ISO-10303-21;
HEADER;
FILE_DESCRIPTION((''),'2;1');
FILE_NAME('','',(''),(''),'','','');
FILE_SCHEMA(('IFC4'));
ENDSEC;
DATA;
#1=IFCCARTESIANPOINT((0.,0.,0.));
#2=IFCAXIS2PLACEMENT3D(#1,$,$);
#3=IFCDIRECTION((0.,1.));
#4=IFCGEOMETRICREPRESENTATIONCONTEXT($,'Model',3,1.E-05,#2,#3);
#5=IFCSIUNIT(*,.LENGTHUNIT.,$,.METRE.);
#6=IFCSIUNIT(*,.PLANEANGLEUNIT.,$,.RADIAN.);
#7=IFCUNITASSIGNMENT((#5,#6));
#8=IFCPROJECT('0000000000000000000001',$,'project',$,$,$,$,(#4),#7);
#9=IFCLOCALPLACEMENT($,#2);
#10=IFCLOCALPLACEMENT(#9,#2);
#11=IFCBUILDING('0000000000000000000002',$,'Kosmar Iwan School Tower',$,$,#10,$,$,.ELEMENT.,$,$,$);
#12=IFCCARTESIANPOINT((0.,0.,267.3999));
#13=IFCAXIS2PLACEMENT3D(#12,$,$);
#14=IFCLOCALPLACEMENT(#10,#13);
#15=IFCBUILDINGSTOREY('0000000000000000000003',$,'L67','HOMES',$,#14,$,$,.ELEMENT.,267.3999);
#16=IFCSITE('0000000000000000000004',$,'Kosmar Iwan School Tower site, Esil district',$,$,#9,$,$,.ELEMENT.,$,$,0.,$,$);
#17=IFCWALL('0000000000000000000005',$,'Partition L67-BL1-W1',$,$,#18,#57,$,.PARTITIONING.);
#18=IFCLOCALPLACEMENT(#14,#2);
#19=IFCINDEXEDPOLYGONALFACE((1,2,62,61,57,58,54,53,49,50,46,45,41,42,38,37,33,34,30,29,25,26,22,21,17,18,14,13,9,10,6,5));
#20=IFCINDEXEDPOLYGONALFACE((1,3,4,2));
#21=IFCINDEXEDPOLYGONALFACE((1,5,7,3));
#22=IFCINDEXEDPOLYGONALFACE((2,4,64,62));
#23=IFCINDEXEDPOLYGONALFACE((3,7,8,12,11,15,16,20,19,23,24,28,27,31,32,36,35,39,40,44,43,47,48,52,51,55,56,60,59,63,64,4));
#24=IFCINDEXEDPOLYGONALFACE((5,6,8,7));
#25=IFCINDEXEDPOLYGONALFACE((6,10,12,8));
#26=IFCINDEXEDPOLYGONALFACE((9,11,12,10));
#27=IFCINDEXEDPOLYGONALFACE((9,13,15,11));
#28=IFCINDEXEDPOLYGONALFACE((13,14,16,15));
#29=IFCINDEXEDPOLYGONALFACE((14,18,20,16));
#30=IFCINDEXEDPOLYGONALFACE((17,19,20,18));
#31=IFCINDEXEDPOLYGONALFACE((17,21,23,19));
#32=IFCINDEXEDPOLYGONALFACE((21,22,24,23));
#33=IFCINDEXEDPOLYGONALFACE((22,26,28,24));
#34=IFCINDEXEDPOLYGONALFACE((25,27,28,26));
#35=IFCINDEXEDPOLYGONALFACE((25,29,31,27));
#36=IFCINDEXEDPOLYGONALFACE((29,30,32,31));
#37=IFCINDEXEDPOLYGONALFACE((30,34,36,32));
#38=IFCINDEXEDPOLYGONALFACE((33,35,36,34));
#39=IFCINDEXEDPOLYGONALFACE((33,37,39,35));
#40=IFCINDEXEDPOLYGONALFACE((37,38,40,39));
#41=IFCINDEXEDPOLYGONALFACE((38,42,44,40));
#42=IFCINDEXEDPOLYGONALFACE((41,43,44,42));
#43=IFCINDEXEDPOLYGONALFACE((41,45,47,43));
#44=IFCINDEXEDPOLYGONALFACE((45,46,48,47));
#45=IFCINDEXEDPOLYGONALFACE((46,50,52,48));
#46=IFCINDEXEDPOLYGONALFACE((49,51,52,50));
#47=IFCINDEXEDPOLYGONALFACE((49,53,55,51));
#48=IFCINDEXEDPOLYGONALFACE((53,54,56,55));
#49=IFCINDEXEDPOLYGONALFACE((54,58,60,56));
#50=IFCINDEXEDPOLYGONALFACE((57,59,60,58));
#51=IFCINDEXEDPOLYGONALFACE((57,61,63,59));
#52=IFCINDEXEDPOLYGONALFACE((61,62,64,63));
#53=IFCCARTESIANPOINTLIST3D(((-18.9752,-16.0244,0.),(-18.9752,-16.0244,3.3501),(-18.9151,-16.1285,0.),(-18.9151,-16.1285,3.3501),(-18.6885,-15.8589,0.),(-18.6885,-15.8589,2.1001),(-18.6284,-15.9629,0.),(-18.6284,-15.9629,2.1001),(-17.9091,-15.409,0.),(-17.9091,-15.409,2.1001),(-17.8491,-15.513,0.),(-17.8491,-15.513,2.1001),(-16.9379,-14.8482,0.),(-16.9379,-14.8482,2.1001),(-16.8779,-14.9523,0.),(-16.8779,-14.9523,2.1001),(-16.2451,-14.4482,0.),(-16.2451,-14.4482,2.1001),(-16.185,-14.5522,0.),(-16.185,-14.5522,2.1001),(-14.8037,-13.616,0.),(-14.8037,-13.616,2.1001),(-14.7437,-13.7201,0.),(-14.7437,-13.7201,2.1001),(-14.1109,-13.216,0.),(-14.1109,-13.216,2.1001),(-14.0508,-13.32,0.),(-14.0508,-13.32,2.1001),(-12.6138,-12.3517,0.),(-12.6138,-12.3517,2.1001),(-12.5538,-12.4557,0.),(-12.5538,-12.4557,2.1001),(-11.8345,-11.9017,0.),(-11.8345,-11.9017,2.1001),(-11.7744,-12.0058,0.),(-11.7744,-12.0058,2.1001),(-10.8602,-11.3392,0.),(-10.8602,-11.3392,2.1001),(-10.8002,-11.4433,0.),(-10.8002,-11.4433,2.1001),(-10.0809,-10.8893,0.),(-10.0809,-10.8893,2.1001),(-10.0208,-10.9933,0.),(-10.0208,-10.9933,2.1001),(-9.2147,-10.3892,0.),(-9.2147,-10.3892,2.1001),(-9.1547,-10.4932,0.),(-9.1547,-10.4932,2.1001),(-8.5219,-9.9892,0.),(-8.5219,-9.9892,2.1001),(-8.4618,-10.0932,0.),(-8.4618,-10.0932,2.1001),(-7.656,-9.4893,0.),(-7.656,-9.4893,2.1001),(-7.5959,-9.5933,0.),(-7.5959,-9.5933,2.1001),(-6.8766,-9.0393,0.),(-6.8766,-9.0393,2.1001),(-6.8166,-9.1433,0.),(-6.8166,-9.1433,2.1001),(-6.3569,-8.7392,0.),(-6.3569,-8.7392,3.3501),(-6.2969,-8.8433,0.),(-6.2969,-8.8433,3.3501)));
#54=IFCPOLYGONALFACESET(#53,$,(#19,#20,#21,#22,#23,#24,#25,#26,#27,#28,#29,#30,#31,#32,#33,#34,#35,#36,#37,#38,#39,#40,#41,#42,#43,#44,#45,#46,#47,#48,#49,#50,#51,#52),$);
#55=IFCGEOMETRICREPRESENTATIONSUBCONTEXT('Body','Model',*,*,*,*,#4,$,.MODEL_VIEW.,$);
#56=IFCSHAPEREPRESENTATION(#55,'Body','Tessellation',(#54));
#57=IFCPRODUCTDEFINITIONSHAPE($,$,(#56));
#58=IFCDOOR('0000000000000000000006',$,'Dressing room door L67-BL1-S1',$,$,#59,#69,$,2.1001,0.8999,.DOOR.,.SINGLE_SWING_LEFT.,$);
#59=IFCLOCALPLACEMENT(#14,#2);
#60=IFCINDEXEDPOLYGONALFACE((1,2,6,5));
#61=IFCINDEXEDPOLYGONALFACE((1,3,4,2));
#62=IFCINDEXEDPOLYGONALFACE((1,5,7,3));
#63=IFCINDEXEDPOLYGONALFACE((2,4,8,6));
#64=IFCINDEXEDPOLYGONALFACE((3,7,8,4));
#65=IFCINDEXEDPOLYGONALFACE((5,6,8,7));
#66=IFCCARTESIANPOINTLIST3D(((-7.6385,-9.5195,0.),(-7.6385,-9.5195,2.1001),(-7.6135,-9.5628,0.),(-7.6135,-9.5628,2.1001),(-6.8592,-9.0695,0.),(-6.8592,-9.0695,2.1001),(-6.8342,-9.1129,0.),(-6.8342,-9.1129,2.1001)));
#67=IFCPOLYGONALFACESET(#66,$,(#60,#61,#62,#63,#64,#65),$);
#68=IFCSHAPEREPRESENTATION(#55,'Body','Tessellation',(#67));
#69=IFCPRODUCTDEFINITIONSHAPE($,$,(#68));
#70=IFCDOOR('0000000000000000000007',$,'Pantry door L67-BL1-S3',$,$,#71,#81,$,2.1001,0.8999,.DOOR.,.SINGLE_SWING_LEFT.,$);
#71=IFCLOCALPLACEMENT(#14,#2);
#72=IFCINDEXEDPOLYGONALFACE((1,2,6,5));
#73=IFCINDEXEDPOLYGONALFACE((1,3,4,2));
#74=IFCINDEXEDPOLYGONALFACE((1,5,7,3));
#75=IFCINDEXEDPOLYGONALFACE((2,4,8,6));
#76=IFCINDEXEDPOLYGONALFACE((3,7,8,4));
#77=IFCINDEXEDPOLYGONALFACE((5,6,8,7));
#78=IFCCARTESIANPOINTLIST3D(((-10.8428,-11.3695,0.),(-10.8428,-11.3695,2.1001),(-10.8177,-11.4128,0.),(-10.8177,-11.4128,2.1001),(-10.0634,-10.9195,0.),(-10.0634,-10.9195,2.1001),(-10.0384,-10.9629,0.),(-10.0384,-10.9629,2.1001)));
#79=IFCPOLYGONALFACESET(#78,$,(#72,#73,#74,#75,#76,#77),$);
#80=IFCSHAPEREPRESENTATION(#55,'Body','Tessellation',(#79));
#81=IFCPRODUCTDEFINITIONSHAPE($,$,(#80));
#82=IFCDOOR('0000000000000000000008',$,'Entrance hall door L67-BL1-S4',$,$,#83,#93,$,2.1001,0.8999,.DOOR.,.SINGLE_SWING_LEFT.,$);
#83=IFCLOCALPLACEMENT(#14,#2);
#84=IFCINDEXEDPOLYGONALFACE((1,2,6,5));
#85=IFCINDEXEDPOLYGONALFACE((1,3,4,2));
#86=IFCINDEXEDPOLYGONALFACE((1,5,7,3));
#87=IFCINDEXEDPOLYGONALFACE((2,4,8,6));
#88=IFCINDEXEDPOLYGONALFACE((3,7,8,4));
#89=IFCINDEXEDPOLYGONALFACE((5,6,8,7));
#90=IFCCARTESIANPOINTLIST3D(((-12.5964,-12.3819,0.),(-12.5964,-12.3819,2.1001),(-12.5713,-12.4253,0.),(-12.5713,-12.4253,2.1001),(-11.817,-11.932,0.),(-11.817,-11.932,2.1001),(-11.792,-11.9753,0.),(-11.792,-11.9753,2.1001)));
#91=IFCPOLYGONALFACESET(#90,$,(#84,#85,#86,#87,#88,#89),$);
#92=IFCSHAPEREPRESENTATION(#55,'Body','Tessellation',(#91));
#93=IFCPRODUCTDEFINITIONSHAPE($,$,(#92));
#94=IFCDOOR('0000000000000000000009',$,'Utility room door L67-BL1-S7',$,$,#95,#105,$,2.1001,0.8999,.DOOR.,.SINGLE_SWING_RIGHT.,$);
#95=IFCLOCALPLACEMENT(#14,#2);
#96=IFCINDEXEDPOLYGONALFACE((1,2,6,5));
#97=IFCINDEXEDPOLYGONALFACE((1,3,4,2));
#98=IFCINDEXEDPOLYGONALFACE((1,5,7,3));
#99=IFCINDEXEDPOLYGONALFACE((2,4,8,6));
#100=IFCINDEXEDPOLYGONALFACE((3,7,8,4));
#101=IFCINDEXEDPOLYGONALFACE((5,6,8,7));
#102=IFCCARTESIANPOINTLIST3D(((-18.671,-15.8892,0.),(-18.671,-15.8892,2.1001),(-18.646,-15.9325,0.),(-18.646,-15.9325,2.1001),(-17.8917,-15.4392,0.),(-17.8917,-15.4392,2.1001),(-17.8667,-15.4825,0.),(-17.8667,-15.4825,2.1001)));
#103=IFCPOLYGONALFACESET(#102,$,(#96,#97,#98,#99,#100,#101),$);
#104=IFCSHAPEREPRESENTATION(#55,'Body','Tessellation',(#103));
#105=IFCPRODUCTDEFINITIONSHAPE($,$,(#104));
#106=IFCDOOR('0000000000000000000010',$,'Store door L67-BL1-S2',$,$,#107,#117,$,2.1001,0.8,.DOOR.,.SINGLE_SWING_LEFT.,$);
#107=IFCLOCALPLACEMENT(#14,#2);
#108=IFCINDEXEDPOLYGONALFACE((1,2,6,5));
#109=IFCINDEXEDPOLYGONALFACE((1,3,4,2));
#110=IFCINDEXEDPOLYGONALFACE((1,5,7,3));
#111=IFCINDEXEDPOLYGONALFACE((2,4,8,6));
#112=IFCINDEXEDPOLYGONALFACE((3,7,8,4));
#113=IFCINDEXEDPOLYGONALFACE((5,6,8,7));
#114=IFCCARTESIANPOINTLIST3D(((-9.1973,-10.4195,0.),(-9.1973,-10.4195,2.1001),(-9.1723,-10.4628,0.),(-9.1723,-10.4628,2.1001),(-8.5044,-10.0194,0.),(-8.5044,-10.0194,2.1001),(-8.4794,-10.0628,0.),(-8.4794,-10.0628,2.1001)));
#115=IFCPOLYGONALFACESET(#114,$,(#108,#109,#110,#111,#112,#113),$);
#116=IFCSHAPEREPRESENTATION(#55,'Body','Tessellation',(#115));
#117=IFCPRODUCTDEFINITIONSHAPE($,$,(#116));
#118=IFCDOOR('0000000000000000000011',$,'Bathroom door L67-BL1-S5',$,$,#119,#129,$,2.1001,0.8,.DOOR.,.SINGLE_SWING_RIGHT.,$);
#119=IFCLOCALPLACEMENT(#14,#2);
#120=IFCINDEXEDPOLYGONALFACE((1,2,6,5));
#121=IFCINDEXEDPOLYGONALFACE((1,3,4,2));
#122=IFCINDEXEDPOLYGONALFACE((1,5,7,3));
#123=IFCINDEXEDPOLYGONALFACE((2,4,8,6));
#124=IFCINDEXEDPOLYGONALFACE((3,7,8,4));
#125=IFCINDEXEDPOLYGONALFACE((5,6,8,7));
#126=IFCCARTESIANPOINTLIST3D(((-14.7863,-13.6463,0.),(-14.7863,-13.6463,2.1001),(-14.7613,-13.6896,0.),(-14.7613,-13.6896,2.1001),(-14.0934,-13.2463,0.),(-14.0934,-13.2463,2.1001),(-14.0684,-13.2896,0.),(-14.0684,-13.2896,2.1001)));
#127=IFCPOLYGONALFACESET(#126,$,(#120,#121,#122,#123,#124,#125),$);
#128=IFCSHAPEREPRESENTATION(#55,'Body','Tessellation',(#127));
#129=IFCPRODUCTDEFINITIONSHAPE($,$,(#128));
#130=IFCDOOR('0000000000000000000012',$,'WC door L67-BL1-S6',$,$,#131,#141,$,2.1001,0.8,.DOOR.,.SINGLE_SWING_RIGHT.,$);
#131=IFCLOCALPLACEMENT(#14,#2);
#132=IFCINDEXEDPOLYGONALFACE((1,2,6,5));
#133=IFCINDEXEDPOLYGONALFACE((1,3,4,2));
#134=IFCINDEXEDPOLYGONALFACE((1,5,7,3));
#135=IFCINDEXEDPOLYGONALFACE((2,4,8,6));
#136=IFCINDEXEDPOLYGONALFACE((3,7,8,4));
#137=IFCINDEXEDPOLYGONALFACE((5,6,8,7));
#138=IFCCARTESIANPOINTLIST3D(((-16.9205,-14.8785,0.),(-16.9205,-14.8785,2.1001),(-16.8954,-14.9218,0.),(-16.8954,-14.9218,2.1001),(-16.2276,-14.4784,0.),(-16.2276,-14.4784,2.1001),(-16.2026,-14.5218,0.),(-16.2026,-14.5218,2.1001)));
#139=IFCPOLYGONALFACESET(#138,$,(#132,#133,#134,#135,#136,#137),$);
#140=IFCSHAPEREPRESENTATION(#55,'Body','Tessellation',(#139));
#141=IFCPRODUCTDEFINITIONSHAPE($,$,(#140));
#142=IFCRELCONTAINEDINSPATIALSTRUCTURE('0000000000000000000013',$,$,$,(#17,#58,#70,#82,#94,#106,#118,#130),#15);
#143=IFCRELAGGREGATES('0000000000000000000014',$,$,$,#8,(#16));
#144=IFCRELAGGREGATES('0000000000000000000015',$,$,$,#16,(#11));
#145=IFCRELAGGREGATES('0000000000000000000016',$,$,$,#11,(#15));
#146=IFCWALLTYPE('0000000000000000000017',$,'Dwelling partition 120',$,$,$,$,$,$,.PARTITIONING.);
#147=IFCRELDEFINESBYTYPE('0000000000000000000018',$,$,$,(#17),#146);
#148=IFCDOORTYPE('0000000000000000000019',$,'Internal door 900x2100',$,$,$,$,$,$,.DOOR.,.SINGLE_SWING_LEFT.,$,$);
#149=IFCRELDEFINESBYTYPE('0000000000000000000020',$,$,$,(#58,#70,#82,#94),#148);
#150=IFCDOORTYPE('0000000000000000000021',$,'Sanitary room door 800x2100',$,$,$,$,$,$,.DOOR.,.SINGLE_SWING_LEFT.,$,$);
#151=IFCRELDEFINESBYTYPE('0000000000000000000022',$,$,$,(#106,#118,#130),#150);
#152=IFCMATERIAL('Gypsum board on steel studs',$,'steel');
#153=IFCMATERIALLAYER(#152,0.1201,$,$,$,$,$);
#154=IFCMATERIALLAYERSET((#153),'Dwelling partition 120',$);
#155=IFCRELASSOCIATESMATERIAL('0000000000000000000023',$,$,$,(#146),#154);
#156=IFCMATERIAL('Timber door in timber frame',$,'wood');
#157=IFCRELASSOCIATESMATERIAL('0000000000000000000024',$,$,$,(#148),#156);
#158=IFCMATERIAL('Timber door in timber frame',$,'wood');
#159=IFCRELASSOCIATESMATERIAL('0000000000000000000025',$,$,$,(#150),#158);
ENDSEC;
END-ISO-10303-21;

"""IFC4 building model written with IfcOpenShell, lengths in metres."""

from ifc_helpers import new_model, si_unit, direction, frame, frame_2d, origin, place, context, subcontext, project, spatial, rectangle, extrude, material, layer, layer_set, type_object, element, fill, save


model = new_model("IFC4")

# Units and contexts
model_context = context("Model", 3, precision=1e-05, world=origin(), true_north=direction((0.0, 1.0)))
body_context = subcontext(model_context, "Body", "Model", "MODEL_VIEW")
ifc_project = project(units=[si_unit("LENGTHUNIT", "METRE"), si_unit("PLANEANGLEUNIT", "RADIAN")], contexts=[model_context])

# Site, building, storey
site_placement = place(None, origin())
site = spatial("IfcSite", under=ifc_project, at=site_placement, Name="Kosmar Iwan School Tower site, Esil district", CompositionType="ELEMENT", RefElevation=0.0)
building_placement = place(site_placement, origin())
building = spatial("IfcBuilding", under=site, at=building_placement, Name="Kosmar Iwan School Tower", CompositionType="ELEMENT")
storey_placement = place(building_placement, frame((0.0, 0.0, 267.3999)))
storey = spatial("IfcBuildingStorey", under=building, at=storey_placement, Name="L67", Description="HOMES", CompositionType="ELEMENT", Elevation=267.3999)

# Wall, openings, doors
ifc_material_1 = material(Name="Gypsum board on steel studs", Category="steel")
ifc_layer_1 = layer(ifc_material_1, 0.1201)
ifc_layer_set_1 = layer_set([ifc_layer_1], Name="Dwelling partition 120")
wall_type_1 = type_object("IfcWallType", Name="Dwelling partition 120", PredefinedType="PARTITIONING", material=ifc_layer_set_1)
wall_1_placement = place(storey_placement, frame((-6.3269, -8.7913, 0.0), z_axis=(0.0, 0.0, 1.0), x_axis=(-0.866024, -0.500003, 0.0)))
wall_1 = element("IfcWall", 1, at=wall_1_placement, inside=storey, type_object=wall_type_1, Name="Partition L67-BL1-W1", PredefinedType="PARTITIONING", context=body_context, shape_type="SweptSolid", body=[
    extrude(rectangle(XDim=14.5703, YDim=0.1201, at=frame_2d((7.2852, 0.0))), origin(), (0.0, 0.0, 1.0), 3.3501),
])
opening_1_placement = place(wall_1_placement, frame((0.6001, 0.0, 0.0)))
opening_1 = element("IfcOpeningElement", 2, at=opening_1_placement, cuts=wall_1, PredefinedType="OPENING", context=body_context, shape_type="SweptSolid", body=[
    extrude(rectangle(XDim=0.8999, YDim=2.1001, at=frame_2d((0.45, 1.05))), frame((0.0, 0.072, 0.0), z_axis=(0.0, -1.0, 0.0), x_axis=(1.0, 0.0, 0.0)), (0.0, 0.0, 1.0), 0.144),
])
opening_2_placement = place(wall_1_placement, frame((2.5, 0.0, 0.0)))
opening_2 = element("IfcOpeningElement", 3, at=opening_2_placement, cuts=wall_1, PredefinedType="OPENING", context=body_context, shape_type="SweptSolid", body=[
    extrude(rectangle(XDim=0.8, YDim=2.1001, at=frame_2d((0.3999, 1.05))), frame((0.0, 0.072, 0.0), z_axis=(0.0, -1.0, 0.0), x_axis=(1.0, 0.0, 0.0)), (0.0, 0.0, 1.0), 0.144),
])
opening_3_placement = place(wall_1_placement, frame((4.3, 0.0, 0.0)))
opening_3 = element("IfcOpeningElement", 4, at=opening_3_placement, cuts=wall_1, PredefinedType="OPENING", context=body_context, shape_type="SweptSolid", body=[
    extrude(rectangle(XDim=0.8999, YDim=2.1001, at=frame_2d((0.45, 1.05))), frame((0.0, 0.072, 0.0), z_axis=(0.0, -1.0, 0.0), x_axis=(1.0, 0.0, 0.0)), (0.0, 0.0, 1.0), 0.144),
])
opening_4_placement = place(wall_1_placement, frame((6.325, 0.0, 0.0)))
opening_4 = element("IfcOpeningElement", 5, at=opening_4_placement, cuts=wall_1, PredefinedType="OPENING", context=body_context, shape_type="SweptSolid", body=[
    extrude(rectangle(XDim=0.8999, YDim=2.1001, at=frame_2d((0.45, 1.05))), frame((0.0, 0.072, 0.0), z_axis=(0.0, -1.0, 0.0), x_axis=(1.0, 0.0, 0.0)), (0.0, 0.0, 1.0), 0.144),
])
opening_5_placement = place(wall_1_placement, frame((8.9536, 0.0, 0.0)))
opening_5 = element("IfcOpeningElement", 6, at=opening_5_placement, cuts=wall_1, PredefinedType="OPENING", context=body_context, shape_type="SweptSolid", body=[
    extrude(rectangle(XDim=0.8, YDim=2.1001, at=frame_2d((0.3999, 1.05))), frame((0.0, 0.072, 0.0), z_axis=(0.0, -1.0, 0.0), x_axis=(1.0, 0.0, 0.0)), (0.0, 0.0, 1.0), 0.144),
])
opening_6_placement = place(wall_1_placement, frame((11.418, 0.0, 0.0)))
opening_6 = element("IfcOpeningElement", 7, at=opening_6_placement, cuts=wall_1, PredefinedType="OPENING", context=body_context, shape_type="SweptSolid", body=[
    extrude(rectangle(XDim=0.8, YDim=2.1001, at=frame_2d((0.3999, 1.05))), frame((0.0, 0.072, 0.0), z_axis=(0.0, -1.0, 0.0), x_axis=(1.0, 0.0, 0.0)), (0.0, 0.0, 1.0), 0.144),
])
opening_7_placement = place(wall_1_placement, frame((13.3394, 0.0, 0.0)))
opening_7 = element("IfcOpeningElement", 8, at=opening_7_placement, cuts=wall_1, PredefinedType="OPENING", context=body_context, shape_type="SweptSolid", body=[
    extrude(rectangle(XDim=0.8999, YDim=2.1001, at=frame_2d((0.45, 1.05))), frame((0.0, 0.072, 0.0), z_axis=(0.0, -1.0, 0.0), x_axis=(1.0, 0.0, 0.0)), (0.0, 0.0, 1.0), 0.144),
])
ifc_material_2 = material(Name="Timber door in timber frame", Category="wood")
door_type_1 = type_object("IfcDoorType", Name="Internal door 900x2100", OperationType="SINGLE_SWING_LEFT", PredefinedType="DOOR", material=ifc_material_2)
door_1_placement = place(opening_1_placement, origin())
door_1 = element("IfcDoor", 9, at=door_1_placement, inside=storey, type_object=door_type_1, Name="Dressing room door L67-BL1-S1", OperationType="SINGLE_SWING_LEFT", OverallHeight=2.1001, OverallWidth=0.8999, PredefinedType="DOOR", context=body_context, shape_type="SweptSolid", body=[
    extrude(rectangle(XDim=0.8999, YDim=2.1001, at=frame_2d((0.45, 1.05))), frame((0.0, 0.0249, 0.0), z_axis=(0.0, -1.0, 0.0), x_axis=(1.0, 0.0, 0.0)), (0.0, 0.0, 1.0), 0.05),
])
fill(opening_1, door_1)
door_2_placement = place(opening_3_placement, origin())
door_2 = element("IfcDoor", 10, at=door_2_placement, inside=storey, type_object=door_type_1, Name="Pantry door L67-BL1-S3", OperationType="SINGLE_SWING_LEFT", OverallHeight=2.1001, OverallWidth=0.8999, PredefinedType="DOOR", context=body_context, shape_type="SweptSolid", body=[
    extrude(rectangle(XDim=0.8999, YDim=2.1001, at=frame_2d((0.45, 1.05))), frame((0.0, 0.0249, 0.0), z_axis=(0.0, -1.0, 0.0), x_axis=(1.0, 0.0, 0.0)), (0.0, 0.0, 1.0), 0.05),
])
fill(opening_3, door_2)
door_3_placement = place(opening_4_placement, origin())
door_3 = element("IfcDoor", 11, at=door_3_placement, inside=storey, type_object=door_type_1, Name="Entrance hall door L67-BL1-S4", OperationType="SINGLE_SWING_LEFT", OverallHeight=2.1001, OverallWidth=0.8999, PredefinedType="DOOR", context=body_context, shape_type="SweptSolid", body=[
    extrude(rectangle(XDim=0.8999, YDim=2.1001, at=frame_2d((0.45, 1.05))), frame((0.0, 0.0249, 0.0), z_axis=(0.0, -1.0, 0.0), x_axis=(1.0, 0.0, 0.0)), (0.0, 0.0, 1.0), 0.05),
])
fill(opening_4, door_3)
door_4_placement = place(opening_7_placement, origin())
door_4 = element("IfcDoor", 12, at=door_4_placement, inside=storey, type_object=door_type_1, Name="Utility room door L67-BL1-S7", OperationType="SINGLE_SWING_RIGHT", OverallHeight=2.1001, OverallWidth=0.8999, PredefinedType="DOOR", context=body_context, shape_type="SweptSolid", body=[
    extrude(rectangle(XDim=0.8999, YDim=2.1001, at=frame_2d((0.45, 1.05))), frame((0.0, 0.0249, 0.0), z_axis=(0.0, -1.0, 0.0), x_axis=(1.0, 0.0, 0.0)), (0.0, 0.0, 1.0), 0.05),
])
fill(opening_7, door_4)
ifc_material_3 = material(Name="Timber door in timber frame", Category="wood")
door_type_2 = type_object("IfcDoorType", Name="Sanitary room door 800x2100", OperationType="SINGLE_SWING_LEFT", PredefinedType="DOOR", material=ifc_material_3)
door_5_placement = place(opening_2_placement, origin())
door_5 = element("IfcDoor", 13, at=door_5_placement, inside=storey, type_object=door_type_2, Name="Store door L67-BL1-S2", OperationType="SINGLE_SWING_LEFT", OverallHeight=2.1001, OverallWidth=0.8, PredefinedType="DOOR", context=body_context, shape_type="SweptSolid", body=[
    extrude(rectangle(XDim=0.8, YDim=2.1001, at=frame_2d((0.3999, 1.05))), frame((0.0, 0.0249, 0.0), z_axis=(0.0, -1.0, 0.0), x_axis=(1.0, 0.0, 0.0)), (0.0, 0.0, 1.0), 0.05),
])
fill(opening_2, door_5)
door_6_placement = place(opening_5_placement, origin())
door_6 = element("IfcDoor", 14, at=door_6_placement, inside=storey, type_object=door_type_2, Name="Bathroom door L67-BL1-S5", OperationType="SINGLE_SWING_RIGHT", OverallHeight=2.1001, OverallWidth=0.8, PredefinedType="DOOR", context=body_context, shape_type="SweptSolid", body=[
    extrude(rectangle(XDim=0.8, YDim=2.1001, at=frame_2d((0.3999, 1.05))), frame((0.0, 0.0249, 0.0), z_axis=(0.0, -1.0, 0.0), x_axis=(1.0, 0.0, 0.0)), (0.0, 0.0, 1.0), 0.05),
])
fill(opening_5, door_6)
door_7_placement = place(opening_6_placement, origin())
door_7 = element("IfcDoor", 15, at=door_7_placement, inside=storey, type_object=door_type_2, Name="WC door L67-BL1-S6", OperationType="SINGLE_SWING_RIGHT", OverallHeight=2.1001, OverallWidth=0.8, PredefinedType="DOOR", context=body_context, shape_type="SweptSolid", body=[
    extrude(rectangle(XDim=0.8, YDim=2.1001, at=frame_2d((0.3999, 1.05))), frame((0.0, 0.0249, 0.0), z_axis=(0.0, -1.0, 0.0), x_axis=(1.0, 0.0, 0.0)), (0.0, 0.0, 1.0), 0.05),
])
fill(opening_6, door_7)

save(model, "model.ifc")
